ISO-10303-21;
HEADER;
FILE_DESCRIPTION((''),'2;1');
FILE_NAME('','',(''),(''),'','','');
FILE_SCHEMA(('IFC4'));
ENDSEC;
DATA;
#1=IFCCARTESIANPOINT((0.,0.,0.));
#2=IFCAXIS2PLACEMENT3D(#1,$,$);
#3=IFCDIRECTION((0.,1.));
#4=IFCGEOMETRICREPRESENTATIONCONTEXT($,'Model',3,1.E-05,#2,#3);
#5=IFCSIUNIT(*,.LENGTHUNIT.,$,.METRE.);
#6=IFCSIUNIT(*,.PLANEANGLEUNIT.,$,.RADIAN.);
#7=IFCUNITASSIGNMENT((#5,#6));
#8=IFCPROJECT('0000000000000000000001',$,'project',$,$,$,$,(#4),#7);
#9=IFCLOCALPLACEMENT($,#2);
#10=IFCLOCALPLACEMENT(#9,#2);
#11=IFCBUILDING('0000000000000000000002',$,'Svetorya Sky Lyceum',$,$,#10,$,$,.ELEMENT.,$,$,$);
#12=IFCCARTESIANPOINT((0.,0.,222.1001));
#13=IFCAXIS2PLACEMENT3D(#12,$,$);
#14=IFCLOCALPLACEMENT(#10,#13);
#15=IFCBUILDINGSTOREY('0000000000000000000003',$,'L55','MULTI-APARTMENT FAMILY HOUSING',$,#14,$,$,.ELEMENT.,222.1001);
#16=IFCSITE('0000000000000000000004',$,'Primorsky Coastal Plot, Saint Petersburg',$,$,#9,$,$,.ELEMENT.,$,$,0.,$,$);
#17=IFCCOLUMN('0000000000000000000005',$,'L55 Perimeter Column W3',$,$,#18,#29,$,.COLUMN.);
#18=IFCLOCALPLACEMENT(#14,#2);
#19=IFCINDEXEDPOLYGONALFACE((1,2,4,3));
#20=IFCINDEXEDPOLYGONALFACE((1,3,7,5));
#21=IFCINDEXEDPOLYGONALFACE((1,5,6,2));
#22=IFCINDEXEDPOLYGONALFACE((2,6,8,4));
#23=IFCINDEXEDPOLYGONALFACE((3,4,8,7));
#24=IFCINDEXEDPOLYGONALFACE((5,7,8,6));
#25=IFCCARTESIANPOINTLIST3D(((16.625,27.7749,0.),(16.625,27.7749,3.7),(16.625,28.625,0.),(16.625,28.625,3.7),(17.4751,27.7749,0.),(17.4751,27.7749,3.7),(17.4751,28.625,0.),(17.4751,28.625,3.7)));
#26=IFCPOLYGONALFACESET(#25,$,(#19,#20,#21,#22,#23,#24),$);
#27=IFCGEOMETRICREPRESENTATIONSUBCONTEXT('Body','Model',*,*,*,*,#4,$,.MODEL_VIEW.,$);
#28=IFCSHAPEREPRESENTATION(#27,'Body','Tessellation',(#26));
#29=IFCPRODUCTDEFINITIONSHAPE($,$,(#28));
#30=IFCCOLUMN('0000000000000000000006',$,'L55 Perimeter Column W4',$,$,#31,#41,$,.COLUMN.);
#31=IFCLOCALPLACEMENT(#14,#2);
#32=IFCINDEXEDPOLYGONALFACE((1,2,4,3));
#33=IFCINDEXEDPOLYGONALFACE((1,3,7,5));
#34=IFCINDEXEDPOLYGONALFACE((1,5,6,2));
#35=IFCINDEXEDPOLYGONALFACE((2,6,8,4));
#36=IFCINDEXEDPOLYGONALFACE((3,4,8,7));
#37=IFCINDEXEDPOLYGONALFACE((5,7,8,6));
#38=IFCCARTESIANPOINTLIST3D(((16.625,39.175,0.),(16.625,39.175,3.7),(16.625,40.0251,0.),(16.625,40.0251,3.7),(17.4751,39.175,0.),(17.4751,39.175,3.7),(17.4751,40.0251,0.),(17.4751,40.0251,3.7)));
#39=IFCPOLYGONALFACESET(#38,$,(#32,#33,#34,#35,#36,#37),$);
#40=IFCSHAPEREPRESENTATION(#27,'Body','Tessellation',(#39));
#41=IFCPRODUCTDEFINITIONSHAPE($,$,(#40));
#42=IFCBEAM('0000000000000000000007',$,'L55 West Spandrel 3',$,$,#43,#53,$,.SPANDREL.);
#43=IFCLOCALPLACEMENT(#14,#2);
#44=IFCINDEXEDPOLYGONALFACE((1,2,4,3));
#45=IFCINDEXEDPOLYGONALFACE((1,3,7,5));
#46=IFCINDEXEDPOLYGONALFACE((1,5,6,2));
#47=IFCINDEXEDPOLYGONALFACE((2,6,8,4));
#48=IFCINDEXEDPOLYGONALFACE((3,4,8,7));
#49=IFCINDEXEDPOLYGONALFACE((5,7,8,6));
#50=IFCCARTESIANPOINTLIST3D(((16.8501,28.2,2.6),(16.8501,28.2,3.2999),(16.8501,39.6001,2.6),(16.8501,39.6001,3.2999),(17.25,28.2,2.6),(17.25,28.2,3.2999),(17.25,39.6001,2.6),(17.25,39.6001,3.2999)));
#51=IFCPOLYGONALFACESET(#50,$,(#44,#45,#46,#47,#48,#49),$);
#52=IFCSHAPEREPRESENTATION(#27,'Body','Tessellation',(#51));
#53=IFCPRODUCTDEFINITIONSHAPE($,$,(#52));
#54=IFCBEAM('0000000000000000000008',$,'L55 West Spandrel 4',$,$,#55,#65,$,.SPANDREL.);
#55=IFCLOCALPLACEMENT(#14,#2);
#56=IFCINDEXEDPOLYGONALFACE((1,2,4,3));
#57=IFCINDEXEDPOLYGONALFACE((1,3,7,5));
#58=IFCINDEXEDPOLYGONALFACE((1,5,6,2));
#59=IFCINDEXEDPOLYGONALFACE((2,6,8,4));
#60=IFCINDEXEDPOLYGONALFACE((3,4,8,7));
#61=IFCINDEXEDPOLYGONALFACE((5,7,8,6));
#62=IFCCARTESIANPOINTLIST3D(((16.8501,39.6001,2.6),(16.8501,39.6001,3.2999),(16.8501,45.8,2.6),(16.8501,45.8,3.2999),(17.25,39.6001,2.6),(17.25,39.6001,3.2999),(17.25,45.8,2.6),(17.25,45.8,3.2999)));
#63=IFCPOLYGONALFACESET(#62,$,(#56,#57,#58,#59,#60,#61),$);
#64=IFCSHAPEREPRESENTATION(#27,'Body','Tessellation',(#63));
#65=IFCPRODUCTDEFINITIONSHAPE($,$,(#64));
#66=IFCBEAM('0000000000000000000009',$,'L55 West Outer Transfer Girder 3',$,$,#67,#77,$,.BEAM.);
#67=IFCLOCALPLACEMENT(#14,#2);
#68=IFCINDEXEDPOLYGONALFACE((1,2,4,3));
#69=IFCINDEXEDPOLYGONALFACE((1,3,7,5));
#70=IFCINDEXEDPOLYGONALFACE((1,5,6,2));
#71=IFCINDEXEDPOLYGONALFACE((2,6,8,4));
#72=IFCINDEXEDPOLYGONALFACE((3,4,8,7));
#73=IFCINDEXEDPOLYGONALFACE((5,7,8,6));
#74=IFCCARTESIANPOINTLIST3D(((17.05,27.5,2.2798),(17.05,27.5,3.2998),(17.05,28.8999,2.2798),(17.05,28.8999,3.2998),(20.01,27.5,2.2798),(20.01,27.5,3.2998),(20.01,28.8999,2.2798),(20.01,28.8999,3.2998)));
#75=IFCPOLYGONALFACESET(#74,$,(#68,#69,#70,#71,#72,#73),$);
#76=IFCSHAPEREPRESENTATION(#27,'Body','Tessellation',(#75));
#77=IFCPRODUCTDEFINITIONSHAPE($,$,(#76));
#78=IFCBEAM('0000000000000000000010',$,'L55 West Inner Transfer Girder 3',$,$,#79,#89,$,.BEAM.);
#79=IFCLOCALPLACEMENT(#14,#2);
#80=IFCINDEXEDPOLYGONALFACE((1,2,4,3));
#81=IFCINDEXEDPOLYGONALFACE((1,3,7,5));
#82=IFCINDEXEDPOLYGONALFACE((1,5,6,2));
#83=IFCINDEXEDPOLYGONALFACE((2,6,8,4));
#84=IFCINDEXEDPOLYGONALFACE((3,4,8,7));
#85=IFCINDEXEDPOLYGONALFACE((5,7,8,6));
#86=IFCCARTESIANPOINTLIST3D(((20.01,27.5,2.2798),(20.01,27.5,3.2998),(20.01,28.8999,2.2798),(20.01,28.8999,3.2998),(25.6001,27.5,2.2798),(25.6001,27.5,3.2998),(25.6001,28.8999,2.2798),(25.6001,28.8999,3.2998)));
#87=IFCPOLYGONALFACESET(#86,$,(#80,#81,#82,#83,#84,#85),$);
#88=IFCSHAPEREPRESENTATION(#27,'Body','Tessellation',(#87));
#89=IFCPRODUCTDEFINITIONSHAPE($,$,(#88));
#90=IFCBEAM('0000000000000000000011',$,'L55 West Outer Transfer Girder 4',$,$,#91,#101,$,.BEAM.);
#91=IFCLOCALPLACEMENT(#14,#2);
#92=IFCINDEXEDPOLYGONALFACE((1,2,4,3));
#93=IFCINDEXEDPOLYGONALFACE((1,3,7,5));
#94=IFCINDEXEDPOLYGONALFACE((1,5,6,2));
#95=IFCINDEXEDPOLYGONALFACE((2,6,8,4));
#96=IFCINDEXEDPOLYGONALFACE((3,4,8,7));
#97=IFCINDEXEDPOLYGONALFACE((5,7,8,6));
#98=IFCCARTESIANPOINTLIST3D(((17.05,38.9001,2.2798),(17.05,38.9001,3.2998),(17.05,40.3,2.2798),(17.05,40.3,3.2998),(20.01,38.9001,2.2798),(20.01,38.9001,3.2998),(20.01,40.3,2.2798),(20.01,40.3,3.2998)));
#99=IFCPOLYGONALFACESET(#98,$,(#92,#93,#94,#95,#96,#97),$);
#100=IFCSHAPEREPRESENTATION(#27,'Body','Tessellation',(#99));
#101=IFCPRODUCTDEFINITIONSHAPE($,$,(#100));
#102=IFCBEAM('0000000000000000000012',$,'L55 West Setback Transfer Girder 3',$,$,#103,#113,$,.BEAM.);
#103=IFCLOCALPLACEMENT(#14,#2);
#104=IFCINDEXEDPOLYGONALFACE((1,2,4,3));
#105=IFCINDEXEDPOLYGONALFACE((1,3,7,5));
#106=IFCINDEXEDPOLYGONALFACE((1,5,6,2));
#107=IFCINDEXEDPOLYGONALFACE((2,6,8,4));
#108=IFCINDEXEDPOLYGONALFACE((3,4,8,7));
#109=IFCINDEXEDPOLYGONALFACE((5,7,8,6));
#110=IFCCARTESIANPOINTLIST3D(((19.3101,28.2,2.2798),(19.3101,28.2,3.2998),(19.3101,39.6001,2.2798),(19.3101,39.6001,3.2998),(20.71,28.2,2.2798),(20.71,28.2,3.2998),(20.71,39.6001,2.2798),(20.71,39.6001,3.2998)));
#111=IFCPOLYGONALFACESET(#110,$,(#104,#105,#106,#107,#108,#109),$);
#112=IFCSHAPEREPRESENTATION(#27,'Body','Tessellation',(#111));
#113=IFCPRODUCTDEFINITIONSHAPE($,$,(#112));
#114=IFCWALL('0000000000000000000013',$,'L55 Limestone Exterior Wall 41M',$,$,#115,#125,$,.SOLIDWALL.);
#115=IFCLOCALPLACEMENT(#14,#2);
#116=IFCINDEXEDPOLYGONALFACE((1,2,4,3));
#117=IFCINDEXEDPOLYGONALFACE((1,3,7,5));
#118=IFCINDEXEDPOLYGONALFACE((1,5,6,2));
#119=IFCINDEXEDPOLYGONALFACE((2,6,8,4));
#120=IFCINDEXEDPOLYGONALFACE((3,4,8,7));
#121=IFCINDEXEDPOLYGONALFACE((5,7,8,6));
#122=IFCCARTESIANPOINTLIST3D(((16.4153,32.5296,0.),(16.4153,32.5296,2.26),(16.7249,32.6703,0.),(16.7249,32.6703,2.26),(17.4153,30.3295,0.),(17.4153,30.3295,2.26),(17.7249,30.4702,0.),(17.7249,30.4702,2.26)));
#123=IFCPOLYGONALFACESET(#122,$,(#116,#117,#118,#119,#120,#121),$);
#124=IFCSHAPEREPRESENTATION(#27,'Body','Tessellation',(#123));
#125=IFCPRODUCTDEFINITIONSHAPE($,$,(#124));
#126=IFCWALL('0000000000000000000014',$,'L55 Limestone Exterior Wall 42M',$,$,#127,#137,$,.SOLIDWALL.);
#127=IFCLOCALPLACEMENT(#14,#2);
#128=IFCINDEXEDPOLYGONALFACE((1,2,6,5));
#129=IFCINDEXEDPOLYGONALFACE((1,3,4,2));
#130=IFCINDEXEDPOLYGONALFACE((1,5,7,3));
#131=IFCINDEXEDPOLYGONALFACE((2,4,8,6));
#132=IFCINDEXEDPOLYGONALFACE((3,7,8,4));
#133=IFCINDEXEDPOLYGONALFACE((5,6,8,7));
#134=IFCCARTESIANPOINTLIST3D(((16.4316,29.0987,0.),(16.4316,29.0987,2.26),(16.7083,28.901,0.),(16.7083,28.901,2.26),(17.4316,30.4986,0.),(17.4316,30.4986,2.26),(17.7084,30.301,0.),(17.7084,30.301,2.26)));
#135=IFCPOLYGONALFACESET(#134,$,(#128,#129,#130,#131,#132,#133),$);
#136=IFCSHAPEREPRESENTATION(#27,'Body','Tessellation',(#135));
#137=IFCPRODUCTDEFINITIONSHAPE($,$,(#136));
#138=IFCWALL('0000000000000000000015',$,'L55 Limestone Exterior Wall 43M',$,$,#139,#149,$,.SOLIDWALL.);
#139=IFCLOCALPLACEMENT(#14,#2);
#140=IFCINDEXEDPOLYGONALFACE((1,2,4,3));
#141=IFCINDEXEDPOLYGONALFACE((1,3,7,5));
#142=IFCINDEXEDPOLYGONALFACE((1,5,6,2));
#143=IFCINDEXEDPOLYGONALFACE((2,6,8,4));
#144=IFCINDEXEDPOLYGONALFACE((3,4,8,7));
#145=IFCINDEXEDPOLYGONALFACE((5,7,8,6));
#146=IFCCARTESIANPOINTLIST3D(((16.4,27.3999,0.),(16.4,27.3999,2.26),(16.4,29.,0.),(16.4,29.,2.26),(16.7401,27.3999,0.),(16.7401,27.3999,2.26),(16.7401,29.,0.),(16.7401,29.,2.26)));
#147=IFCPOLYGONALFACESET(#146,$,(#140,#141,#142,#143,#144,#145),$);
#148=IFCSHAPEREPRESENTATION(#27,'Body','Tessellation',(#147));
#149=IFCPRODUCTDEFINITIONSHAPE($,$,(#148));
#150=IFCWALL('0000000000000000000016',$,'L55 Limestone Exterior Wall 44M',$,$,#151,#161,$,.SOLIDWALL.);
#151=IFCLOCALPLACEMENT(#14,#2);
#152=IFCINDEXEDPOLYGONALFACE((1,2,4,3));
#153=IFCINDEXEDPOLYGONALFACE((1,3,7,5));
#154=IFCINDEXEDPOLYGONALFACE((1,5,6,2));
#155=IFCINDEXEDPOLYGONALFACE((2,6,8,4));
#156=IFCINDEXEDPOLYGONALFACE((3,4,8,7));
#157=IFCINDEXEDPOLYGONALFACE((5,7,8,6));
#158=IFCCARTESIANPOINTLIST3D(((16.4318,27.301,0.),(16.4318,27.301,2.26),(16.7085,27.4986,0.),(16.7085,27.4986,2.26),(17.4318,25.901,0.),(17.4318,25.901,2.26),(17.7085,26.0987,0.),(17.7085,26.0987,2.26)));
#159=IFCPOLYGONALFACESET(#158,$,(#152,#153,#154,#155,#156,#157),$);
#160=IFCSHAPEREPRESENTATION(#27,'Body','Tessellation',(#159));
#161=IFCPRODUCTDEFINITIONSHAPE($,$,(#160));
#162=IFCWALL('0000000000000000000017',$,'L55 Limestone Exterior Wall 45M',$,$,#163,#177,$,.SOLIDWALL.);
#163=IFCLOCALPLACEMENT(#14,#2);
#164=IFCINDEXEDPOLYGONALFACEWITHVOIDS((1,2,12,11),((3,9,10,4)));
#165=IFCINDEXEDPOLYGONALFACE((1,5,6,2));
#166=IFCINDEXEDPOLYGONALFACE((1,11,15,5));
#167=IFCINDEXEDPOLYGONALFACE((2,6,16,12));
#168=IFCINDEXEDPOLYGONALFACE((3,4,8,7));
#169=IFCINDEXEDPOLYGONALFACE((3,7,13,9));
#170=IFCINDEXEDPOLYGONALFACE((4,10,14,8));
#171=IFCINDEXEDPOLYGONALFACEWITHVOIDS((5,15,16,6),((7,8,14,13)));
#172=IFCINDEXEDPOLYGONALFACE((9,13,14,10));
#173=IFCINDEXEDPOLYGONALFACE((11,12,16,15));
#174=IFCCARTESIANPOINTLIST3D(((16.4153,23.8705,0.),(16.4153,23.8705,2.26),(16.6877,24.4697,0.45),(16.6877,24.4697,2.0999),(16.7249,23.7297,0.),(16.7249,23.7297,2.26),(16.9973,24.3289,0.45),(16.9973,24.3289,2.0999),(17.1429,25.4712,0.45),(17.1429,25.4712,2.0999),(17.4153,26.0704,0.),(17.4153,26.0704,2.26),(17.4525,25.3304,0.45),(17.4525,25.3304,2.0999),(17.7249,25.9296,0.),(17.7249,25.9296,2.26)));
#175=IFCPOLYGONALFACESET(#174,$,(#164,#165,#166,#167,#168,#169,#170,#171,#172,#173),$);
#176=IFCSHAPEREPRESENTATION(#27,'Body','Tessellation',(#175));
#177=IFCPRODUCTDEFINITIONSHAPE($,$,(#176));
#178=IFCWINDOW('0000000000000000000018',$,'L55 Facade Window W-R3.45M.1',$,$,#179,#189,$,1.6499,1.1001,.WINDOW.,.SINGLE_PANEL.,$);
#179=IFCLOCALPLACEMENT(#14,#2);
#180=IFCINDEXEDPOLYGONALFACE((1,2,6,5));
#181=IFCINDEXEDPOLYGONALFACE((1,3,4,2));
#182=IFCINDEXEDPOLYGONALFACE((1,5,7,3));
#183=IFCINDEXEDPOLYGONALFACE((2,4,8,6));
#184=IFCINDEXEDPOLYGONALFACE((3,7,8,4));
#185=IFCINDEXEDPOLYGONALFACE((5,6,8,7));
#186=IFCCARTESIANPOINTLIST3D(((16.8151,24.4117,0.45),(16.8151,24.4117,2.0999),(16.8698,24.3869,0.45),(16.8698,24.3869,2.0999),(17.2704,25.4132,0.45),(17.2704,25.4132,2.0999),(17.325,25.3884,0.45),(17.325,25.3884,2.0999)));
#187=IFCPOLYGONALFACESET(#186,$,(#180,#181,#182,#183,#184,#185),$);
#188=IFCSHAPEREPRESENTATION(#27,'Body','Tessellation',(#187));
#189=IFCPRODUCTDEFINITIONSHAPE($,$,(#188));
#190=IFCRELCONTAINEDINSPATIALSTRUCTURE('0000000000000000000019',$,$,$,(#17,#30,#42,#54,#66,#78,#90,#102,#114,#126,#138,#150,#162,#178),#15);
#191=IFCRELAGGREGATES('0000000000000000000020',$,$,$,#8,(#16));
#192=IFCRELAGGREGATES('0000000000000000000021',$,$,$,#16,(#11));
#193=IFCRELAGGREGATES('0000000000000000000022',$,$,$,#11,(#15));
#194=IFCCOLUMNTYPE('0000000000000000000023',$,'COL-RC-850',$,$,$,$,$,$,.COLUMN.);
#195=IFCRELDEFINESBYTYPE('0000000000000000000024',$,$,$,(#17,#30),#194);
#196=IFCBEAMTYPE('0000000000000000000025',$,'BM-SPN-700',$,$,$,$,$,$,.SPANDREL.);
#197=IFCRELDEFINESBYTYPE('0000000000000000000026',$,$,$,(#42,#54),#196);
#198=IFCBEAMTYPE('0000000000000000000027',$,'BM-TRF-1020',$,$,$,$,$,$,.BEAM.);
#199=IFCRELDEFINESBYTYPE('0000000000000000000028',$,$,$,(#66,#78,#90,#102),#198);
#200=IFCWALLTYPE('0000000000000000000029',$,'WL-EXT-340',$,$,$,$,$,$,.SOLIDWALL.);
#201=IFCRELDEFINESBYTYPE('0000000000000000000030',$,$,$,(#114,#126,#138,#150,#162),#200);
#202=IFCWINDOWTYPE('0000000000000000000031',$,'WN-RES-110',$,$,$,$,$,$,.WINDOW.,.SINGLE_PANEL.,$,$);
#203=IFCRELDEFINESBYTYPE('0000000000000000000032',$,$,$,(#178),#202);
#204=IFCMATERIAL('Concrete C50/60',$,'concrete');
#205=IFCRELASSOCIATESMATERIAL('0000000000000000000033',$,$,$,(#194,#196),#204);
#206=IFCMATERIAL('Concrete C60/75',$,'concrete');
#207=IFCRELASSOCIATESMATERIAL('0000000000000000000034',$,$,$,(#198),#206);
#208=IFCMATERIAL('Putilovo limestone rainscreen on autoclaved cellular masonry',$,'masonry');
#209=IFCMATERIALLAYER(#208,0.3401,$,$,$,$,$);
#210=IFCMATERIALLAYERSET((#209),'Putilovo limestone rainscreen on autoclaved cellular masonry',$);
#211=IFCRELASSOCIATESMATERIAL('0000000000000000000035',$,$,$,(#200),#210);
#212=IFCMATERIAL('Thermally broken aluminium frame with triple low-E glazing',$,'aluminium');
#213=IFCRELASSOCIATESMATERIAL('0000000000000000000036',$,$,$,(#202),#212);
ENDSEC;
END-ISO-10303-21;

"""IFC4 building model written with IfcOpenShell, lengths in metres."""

from ifc_helpers import new_model, si_unit, direction, frame, frame_2d, origin, origin_2d, place, context, subcontext, project, spatial, rectangle, extrude, material, layer, layer_set, material_profile, profile_set, type_object, element, fill, save


model = new_model("IFC4")

# Units and contexts
model_context = context("Model", 3, precision=1e-05, world=origin(), true_north=direction((0.0, 1.0)))
body_context = subcontext(model_context, "Body", "Model", "MODEL_VIEW")
ifc_project = project(units=[si_unit("LENGTHUNIT", "METRE"), si_unit("PLANEANGLEUNIT", "RADIAN")], contexts=[model_context])

# Site, building, storey
site_placement = place(None, origin())
site = spatial("IfcSite", under=ifc_project, at=site_placement, Name="Primorsky Coastal Plot, Saint Petersburg", CompositionType="ELEMENT", RefElevation=0.0)
building_placement = place(site_placement, origin())
building = spatial("IfcBuilding", under=site, at=building_placement, Name="Svetorya Sky Lyceum", CompositionType="ELEMENT")
storey_placement = place(building_placement, frame((0.0, 0.0, 222.1001)))
storey = spatial("IfcBuildingStorey", under=building, at=storey_placement, Name="L55", Description="MULTI-APARTMENT FAMILY HOUSING", CompositionType="ELEMENT", Elevation=222.1001)

# Columns
ifc_material_1 = material(Name="Concrete C50/60", Category="concrete")
ifc_material_profile_1 = material_profile(ifc_material_1, rectangle(XDim=0.8501, YDim=0.8501, at=origin_2d()), Name="RC COL 850x850")
ifc_profile_set_1 = profile_set([ifc_material_profile_1], Name="Concrete C50/60")
column_type = type_object("IfcColumnType", Name="COL-RC-850", PredefinedType="COLUMN", material=ifc_profile_set_1)
for number, where, z_axis, x_axis, name in (
    (1, (17.05, 28.2, 0.0), (0.0, 0.0, 1.0), (1.0, 0.0, 0.0), "L55 Perimeter Column W3"),
    (2, (17.05, 39.6001, 0.0), (0.0, 0.0, 1.0), (1.0, 0.0, 0.0), "L55 Perimeter Column W4"),
):
    element("IfcColumn", number, at=place(storey_placement, frame(where, z_axis=z_axis, x_axis=x_axis)), inside=storey, type_object=column_type, Name=name, PredefinedType="COLUMN", context=body_context, shape_type="SweptSolid", body=[
        extrude(rectangle(XDim=0.8501, YDim=0.8501, at=origin_2d()), origin(), (0.0, 0.0, 1.0), 3.7),
    ])

# Beams
ifc_material_profile_2 = material_profile(ifc_material_1, rectangle(XDim=0.3999, YDim=0.7, at=origin_2d()), Name="RC SPANDREL 400x700")
ifc_profile_set_2 = profile_set([ifc_material_profile_2], Name="Concrete C50/60")
beam_type_1 = type_object("IfcBeamType", Name="BM-SPN-700", PredefinedType="SPANDREL", material=ifc_profile_set_2)
beam_1_placement = place(storey_placement, frame((17.05, 28.2, 2.95), z_axis=(0.0, 1.0, 0.0), x_axis=(-1.0, 0.0, 0.0)))
element("IfcBeam", 3, at=beam_1_placement, inside=storey, type_object=beam_type_1, Name="L55 West Spandrel 3", PredefinedType="SPANDREL", context=body_context, shape_type="SweptSolid", body=[
    extrude(rectangle(XDim=0.3999, YDim=0.7, at=origin_2d()), origin(), (0.0, 0.0, 1.0), 11.4001),
])
beam_2_placement = place(storey_placement, frame((17.05, 39.6001, 2.95), z_axis=(0.0, 1.0, 0.0), x_axis=(-1.0, 0.0, 0.0)))
element("IfcBeam", 4, at=beam_2_placement, inside=storey, type_object=beam_type_1, Name="L55 West Spandrel 4", PredefinedType="SPANDREL", context=body_context, shape_type="SweptSolid", body=[
    extrude(rectangle(XDim=0.3999, YDim=0.7, at=origin_2d()), origin(), (0.0, 0.0, 1.0), 6.2),
])
ifc_material_2 = material(Name="Concrete C60/75", Category="concrete")
ifc_material_profile_3 = material_profile(ifc_material_2, rectangle(XDim=1.3999, YDim=1.02, at=origin_2d()), Name="RC TRANSFER 1400x1020")
ifc_profile_set_3 = profile_set([ifc_material_profile_3], Name="Concrete C60/75")
beam_type_2 = type_object("IfcBeamType", Name="BM-TRF-1020", PredefinedType="BEAM", material=ifc_profile_set_3)
beam_3_placement = place(storey_placement, frame((17.05, 28.2, 2.7898), z_axis=(1.0, 0.0, 0.0), x_axis=(0.0, 1.0, 0.0)))
element("IfcBeam", 5, at=beam_3_placement, inside=storey, type_object=beam_type_2, Name="L55 West Outer Transfer Girder 3", PredefinedType="BEAM", context=body_context, shape_type="SweptSolid", body=[
    extrude(rectangle(XDim=1.3999, YDim=1.02, at=origin_2d()), origin(), (0.0, 0.0, 1.0), 2.96),
])
beam_4_placement = place(storey_placement, frame((20.01, 28.2, 2.7898), z_axis=(1.0, 0.0, 0.0), x_axis=(0.0, 1.0, 0.0)))
element("IfcBeam", 6, at=beam_4_placement, inside=storey, type_object=beam_type_2, Name="L55 West Inner Transfer Girder 3", PredefinedType="BEAM", context=body_context, shape_type="SweptSolid", body=[
    extrude(rectangle(XDim=1.3999, YDim=1.02, at=origin_2d()), origin(), (0.0, 0.0, 1.0), 5.5901),
])
beam_5_placement = place(storey_placement, frame((17.05, 39.6001, 2.7898), z_axis=(1.0, 0.0, 0.0), x_axis=(0.0, 1.0, 0.0)))
element("IfcBeam", 7, at=beam_5_placement, inside=storey, type_object=beam_type_2, Name="L55 West Outer Transfer Girder 4", PredefinedType="BEAM", context=body_context, shape_type="SweptSolid", body=[
    extrude(rectangle(XDim=1.3999, YDim=1.02, at=origin_2d()), origin(), (0.0, 0.0, 1.0), 2.96),
])
beam_6_placement = place(storey_placement, frame((20.01, 28.2, 2.7898), z_axis=(0.0, 1.0, 0.0), x_axis=(-1.0, 0.0, 0.0)))
element("IfcBeam", 8, at=beam_6_placement, inside=storey, type_object=beam_type_2, Name="L55 West Setback Transfer Girder 3", PredefinedType="BEAM", context=body_context, shape_type="SweptSolid", body=[
    extrude(rectangle(XDim=1.3999, YDim=1.02, at=origin_2d()), origin(), (0.0, 0.0, 1.0), 11.4001),
])

# Walls
ifc_material_3 = material(Name="Putilovo limestone rainscreen on autoclaved cellular masonry", Category="masonry")
ifc_layer_1 = layer(ifc_material_3, 0.3401)
ifc_layer_set_1 = layer_set([ifc_layer_1], Name="Putilovo limestone rainscreen on autoclaved cellular masonry")
wall_type_1 = type_object("IfcWallType", Name="WL-EXT-340", PredefinedType="SOLIDWALL", material=ifc_layer_set_1)
wall_1_placement = place(storey_placement, frame((16.5701, 32.6001, 0.0), z_axis=(0.0, 0.0, 1.0), x_axis=(0.413773, -0.91038, 0.0)))
element("IfcWall", 9, at=wall_1_placement, inside=storey, type_object=wall_type_1, Name="L55 Limestone Exterior Wall 41M", PredefinedType="SOLIDWALL", context=body_context, shape_type="SweptSolid", body=[
    extrude(rectangle(XDim=2.4167, YDim=0.3401, at=frame_2d((1.2085, 0.0))), origin(), (0.0, 0.0, 1.0), 2.26),
])
wall_2_placement = place(storey_placement, frame((17.5701, 30.3999, 0.0), z_axis=(0.0, 0.0, 1.0), x_axis=(-0.581265, -0.813714, 0.0)))
element("IfcWall", 10, at=wall_2_placement, inside=storey, type_object=wall_type_1, Name="L55 Limestone Exterior Wall 42M", PredefinedType="SOLIDWALL", context=body_context, shape_type="SweptSolid", body=[
    extrude(rectangle(XDim=1.7205, YDim=0.3401, at=frame_2d((0.8604, 0.0))), origin(), (0.0, 0.0, 1.0), 2.26),
])
wall_3_placement = place(storey_placement, frame((16.5701, 29.0, 0.0), z_axis=(0.0, 0.0, 1.0), x_axis=(0.0, -1.0, 0.0)))
element("IfcWall", 11, at=wall_3_placement, inside=storey, type_object=wall_type_1, Name="L55 Limestone Exterior Wall 43M", PredefinedType="SOLIDWALL", context=body_context, shape_type="SweptSolid", body=[
    extrude(rectangle(XDim=1.6001, YDim=0.3401, at=frame_2d((0.8, 0.0))), origin(), (0.0, 0.0, 1.0), 2.26),
])
wall_4_placement = place(storey_placement, frame((16.5701, 27.3999, 0.0), z_axis=(0.0, 0.0, 1.0), x_axis=(0.581265, -0.813714, 0.0)))
element("IfcWall", 12, at=wall_4_placement, inside=storey, type_object=wall_type_1, Name="L55 Limestone Exterior Wall 44M", PredefinedType="SOLIDWALL", context=body_context, shape_type="SweptSolid", body=[
    extrude(rectangle(XDim=1.7205, YDim=0.3401, at=frame_2d((0.8604, 0.0))), origin(), (0.0, 0.0, 1.0), 2.26),
])

# Wall, opening, window
wall_5_placement = place(storey_placement, frame((17.5701, 26.0, 0.0), z_axis=(0.0, 0.0, 1.0), x_axis=(-0.413811, -0.910363, 0.0)))
wall_5 = element("IfcWall", 13, at=wall_5_placement, inside=storey, type_object=wall_type_1, Name="L55 Limestone Exterior Wall 45M", PredefinedType="SOLIDWALL", context=body_context, shape_type="SweptSolid", body=[
    extrude(rectangle(XDim=2.4165, YDim=0.3401, at=frame_2d((1.2083, 0.0))), origin(), (0.0, 0.0, 1.0), 2.26),
])
opening_1_placement = place(wall_5_placement, frame((0.6582, 0.0, 0.45)))
opening_1 = element("IfcOpeningElement", 14, at=opening_1_placement, cuts=wall_5, PredefinedType="OPENING", context=body_context, shape_type="SweptSolid", body=[
    extrude(rectangle(XDim=1.1001, YDim=1.6499, at=frame_2d((0.55, 0.825))), frame((0.0, 0.1799, 0.0), z_axis=(0.0, -1.0, 0.0), x_axis=(1.0, 0.0, 0.0)), (0.0, 0.0, 1.0), 0.3601),
])
ifc_material_4 = material(Name="Thermally broken aluminium frame with triple low-E glazing", Category="aluminium")
window_type_1 = type_object("IfcWindowType", Name="WN-RES-110", PartitioningType="SINGLE_PANEL", PredefinedType="WINDOW", material=ifc_material_4)
window_1_placement = place(opening_1_placement, origin())
window_1 = element("IfcWindow", 15, at=window_1_placement, inside=storey, type_object=window_type_1, Name="L55 Facade Window W-R3.45M.1", OverallHeight=1.6499, OverallWidth=1.1001, PartitioningType="SINGLE_PANEL", PredefinedType="WINDOW", context=body_context, shape_type="SweptSolid", body=[
    extrude(rectangle(XDim=1.1001, YDim=1.6499, at=frame_2d((0.55, 0.825))), frame((0.0, 0.03, 0.0), z_axis=(0.0, -1.0, 0.0), x_axis=(1.0, 0.0, 0.0)), (0.0, 0.0, 1.0), 0.0601),
])
fill(opening_1, window_1)

save(model, "model.ifc")
